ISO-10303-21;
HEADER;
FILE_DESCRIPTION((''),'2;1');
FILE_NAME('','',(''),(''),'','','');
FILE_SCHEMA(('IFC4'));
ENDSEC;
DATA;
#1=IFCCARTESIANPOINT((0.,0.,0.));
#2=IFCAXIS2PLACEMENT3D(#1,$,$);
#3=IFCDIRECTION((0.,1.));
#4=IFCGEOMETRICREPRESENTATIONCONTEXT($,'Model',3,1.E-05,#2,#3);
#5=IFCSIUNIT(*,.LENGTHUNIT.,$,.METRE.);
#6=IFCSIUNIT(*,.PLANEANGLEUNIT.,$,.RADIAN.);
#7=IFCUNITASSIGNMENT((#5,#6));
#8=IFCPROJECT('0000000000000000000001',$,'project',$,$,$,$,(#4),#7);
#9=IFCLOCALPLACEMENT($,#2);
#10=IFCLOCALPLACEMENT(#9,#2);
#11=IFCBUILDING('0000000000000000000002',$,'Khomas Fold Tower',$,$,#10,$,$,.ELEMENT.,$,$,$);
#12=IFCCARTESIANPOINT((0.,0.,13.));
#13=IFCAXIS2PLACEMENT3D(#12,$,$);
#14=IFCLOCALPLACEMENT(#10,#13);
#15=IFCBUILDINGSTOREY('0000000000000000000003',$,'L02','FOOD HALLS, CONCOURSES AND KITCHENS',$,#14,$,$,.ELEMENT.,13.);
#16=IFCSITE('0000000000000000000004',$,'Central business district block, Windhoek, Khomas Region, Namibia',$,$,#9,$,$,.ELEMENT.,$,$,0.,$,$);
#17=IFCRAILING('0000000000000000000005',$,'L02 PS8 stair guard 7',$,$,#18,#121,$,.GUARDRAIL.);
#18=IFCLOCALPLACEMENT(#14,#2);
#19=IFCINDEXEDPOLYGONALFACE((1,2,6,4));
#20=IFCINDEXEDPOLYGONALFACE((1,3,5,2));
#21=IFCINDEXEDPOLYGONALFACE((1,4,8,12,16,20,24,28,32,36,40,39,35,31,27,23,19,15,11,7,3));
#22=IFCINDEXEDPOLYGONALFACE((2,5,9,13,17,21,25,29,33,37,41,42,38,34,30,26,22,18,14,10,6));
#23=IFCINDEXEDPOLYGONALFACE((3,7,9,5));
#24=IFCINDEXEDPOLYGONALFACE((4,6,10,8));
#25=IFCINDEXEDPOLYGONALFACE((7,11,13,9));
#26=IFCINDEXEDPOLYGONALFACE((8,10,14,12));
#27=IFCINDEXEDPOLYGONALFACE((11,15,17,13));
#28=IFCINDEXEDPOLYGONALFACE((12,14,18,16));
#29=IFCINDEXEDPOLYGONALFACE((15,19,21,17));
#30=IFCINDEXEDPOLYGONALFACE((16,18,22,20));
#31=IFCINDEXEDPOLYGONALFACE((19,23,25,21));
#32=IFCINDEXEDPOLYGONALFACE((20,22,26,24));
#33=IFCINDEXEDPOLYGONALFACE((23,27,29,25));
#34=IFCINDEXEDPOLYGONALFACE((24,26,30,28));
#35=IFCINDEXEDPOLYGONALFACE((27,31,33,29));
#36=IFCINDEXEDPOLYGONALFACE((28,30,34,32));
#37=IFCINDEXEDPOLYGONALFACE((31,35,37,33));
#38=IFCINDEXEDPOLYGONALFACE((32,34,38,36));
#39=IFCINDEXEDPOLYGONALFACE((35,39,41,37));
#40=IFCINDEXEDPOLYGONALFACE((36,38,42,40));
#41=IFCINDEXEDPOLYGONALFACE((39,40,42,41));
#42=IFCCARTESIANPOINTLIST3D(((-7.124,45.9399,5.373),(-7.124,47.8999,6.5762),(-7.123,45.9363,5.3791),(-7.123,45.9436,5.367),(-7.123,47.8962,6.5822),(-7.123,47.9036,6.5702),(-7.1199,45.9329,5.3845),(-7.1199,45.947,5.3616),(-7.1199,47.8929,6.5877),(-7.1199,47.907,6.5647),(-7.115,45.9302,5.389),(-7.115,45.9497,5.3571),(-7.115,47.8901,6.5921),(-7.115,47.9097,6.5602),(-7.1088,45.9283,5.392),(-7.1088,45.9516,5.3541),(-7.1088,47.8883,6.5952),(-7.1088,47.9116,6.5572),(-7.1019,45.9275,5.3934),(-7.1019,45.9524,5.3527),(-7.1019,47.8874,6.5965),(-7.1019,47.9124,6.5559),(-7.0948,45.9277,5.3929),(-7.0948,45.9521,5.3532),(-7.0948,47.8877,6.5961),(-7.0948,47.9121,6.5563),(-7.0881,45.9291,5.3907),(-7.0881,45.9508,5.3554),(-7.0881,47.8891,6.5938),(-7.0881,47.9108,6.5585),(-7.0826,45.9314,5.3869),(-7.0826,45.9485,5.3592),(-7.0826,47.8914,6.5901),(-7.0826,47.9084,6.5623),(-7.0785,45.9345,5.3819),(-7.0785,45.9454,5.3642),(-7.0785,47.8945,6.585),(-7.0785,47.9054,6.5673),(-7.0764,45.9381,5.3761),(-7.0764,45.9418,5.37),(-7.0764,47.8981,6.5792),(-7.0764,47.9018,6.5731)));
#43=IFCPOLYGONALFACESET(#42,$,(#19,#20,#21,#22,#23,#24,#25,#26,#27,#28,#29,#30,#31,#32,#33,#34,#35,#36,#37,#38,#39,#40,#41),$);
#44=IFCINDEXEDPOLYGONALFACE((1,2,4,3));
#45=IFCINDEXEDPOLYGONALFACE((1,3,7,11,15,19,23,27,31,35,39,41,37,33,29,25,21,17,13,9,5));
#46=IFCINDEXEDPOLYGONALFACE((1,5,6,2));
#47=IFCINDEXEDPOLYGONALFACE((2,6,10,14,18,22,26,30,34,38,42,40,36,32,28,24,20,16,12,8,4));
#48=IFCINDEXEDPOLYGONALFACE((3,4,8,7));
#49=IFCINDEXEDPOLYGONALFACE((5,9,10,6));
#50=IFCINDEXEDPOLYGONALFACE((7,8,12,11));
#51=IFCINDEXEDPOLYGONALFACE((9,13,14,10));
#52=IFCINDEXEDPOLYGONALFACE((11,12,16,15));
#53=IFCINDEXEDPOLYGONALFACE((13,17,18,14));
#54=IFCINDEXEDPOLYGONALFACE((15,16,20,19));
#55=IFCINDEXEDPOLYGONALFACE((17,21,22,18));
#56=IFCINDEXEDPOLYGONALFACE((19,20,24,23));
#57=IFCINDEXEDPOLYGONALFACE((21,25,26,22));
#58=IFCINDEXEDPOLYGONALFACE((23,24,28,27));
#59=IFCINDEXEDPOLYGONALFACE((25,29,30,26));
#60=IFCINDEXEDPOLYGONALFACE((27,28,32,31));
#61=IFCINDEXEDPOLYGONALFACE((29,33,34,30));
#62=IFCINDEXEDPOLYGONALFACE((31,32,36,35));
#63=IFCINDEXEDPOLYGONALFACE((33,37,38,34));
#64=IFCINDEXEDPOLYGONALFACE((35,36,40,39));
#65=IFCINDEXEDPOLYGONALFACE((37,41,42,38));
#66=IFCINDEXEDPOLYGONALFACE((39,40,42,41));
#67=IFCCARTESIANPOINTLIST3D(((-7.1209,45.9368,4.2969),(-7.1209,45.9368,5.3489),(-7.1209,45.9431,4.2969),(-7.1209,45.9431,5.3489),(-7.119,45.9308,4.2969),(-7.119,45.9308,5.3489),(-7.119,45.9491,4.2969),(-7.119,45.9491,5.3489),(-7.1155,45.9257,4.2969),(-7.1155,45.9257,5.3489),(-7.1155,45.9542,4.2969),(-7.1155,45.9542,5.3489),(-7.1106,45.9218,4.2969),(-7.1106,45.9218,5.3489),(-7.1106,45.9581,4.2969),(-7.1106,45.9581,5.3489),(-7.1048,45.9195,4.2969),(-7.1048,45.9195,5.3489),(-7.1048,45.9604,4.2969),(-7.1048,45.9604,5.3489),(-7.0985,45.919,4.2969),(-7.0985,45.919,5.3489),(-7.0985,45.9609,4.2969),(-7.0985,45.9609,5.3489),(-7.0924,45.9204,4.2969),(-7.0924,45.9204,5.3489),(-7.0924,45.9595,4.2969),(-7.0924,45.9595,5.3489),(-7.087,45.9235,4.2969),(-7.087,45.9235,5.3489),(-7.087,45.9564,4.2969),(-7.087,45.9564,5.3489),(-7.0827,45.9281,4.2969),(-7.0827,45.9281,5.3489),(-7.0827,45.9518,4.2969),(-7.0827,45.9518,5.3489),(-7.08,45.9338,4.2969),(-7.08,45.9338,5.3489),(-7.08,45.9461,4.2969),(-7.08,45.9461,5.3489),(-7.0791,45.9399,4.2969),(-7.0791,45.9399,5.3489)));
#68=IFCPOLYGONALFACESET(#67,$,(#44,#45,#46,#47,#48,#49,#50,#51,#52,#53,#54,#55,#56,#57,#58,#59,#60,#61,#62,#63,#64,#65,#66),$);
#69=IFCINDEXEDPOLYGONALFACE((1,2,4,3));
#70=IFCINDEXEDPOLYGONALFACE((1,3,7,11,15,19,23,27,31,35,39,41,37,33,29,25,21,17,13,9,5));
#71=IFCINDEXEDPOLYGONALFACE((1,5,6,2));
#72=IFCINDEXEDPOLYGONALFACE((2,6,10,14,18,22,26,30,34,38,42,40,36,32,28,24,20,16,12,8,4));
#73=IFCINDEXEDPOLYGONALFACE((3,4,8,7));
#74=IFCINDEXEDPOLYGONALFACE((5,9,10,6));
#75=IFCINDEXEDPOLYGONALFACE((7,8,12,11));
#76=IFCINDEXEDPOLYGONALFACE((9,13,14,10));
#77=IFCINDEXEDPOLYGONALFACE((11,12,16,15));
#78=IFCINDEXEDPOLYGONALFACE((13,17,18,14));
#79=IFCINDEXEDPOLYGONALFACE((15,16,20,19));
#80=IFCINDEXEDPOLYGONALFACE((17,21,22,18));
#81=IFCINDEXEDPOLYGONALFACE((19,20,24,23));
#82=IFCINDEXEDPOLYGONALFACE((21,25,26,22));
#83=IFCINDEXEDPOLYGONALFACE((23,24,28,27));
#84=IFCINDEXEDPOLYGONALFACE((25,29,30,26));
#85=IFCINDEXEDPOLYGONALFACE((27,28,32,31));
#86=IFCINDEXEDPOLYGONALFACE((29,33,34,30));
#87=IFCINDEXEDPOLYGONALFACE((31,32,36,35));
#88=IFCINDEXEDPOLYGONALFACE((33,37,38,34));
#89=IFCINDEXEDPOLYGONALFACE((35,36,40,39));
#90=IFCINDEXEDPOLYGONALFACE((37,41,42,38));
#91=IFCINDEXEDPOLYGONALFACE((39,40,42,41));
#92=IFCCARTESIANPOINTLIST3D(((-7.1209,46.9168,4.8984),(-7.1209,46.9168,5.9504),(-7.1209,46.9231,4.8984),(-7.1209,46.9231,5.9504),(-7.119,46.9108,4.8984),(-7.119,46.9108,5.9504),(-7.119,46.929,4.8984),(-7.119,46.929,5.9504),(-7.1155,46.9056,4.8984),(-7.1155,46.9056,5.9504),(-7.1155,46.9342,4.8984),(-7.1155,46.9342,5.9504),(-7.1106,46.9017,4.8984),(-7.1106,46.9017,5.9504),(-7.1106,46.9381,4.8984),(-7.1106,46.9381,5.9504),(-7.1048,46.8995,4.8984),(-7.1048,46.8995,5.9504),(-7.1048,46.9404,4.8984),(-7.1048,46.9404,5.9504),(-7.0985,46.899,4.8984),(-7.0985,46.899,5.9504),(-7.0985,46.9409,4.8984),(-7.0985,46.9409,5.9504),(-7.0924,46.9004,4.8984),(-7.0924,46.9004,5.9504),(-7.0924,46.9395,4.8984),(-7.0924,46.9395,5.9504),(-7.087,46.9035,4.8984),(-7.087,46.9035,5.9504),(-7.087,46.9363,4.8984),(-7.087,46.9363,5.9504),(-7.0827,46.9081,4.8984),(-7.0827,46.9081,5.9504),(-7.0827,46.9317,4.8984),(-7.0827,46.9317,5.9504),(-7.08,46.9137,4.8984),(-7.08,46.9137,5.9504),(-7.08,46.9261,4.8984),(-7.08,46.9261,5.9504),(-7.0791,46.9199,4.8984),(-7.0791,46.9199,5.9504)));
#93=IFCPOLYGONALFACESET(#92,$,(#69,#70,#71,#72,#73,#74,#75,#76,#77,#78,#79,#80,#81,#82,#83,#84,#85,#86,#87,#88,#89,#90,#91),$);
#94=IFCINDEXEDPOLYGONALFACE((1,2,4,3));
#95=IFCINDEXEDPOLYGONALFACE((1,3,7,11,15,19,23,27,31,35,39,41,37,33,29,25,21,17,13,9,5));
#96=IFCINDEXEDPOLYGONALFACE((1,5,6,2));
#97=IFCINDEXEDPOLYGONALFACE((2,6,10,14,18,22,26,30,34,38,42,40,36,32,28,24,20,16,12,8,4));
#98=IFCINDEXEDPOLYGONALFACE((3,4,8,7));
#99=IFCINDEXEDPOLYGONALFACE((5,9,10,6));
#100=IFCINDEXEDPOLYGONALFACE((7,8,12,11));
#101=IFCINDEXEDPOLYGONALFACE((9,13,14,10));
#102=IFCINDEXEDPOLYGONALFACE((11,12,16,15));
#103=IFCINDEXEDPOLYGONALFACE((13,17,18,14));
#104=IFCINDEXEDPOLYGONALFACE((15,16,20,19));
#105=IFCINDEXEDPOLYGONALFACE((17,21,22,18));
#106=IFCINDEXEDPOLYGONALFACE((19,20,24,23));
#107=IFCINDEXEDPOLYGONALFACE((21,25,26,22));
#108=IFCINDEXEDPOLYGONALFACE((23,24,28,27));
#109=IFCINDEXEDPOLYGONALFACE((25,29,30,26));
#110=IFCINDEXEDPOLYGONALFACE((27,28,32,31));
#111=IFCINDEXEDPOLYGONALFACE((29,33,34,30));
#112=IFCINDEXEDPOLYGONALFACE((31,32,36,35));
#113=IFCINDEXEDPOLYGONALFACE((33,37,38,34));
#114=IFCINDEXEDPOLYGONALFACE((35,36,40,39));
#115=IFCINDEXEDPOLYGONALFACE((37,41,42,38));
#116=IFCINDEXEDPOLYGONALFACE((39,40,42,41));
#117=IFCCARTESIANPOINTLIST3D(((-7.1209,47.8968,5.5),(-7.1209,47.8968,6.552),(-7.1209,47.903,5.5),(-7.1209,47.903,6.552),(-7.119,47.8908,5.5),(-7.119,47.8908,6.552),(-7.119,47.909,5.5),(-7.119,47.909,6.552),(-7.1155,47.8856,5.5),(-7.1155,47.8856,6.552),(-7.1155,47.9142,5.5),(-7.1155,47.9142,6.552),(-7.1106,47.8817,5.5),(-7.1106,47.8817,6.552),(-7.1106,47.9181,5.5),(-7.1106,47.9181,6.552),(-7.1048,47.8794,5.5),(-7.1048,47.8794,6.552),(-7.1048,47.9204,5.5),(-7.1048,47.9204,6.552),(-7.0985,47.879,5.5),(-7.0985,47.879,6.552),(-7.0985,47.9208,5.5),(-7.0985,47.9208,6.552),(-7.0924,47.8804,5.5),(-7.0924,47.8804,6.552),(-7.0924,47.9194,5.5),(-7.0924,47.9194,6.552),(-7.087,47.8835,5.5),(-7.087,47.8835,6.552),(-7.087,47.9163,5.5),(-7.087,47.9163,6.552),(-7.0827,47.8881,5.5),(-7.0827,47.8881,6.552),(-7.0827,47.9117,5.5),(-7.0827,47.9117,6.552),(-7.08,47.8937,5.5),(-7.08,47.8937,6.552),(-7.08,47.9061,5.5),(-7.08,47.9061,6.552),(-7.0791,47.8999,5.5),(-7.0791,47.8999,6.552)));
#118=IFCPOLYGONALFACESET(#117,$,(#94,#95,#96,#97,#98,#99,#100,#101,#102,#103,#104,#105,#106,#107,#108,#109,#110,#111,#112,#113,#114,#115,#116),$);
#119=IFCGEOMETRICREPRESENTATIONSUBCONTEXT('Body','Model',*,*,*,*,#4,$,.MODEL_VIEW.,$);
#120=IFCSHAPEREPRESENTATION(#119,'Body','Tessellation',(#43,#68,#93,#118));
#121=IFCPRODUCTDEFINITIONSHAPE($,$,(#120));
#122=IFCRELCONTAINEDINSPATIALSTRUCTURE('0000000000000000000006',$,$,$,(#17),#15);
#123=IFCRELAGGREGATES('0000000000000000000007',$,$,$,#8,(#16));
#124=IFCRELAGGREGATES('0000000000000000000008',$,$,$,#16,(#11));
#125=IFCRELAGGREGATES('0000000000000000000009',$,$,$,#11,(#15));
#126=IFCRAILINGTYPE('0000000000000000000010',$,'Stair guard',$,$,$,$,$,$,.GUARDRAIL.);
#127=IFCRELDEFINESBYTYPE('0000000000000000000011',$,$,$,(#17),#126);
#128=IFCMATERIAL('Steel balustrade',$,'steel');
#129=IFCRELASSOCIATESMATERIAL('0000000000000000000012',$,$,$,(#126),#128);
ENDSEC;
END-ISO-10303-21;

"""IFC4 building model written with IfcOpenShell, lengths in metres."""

from ifc_helpers import new_model, si_unit, direction, frame, origin, origin_2d, place, context, subcontext, project, spatial, circle, extrude, source, transform, mapped, material, type_object, element, save


model = new_model("IFC4")

# Units and contexts
model_context = context("Model", 3, precision=1e-05, world=origin(), true_north=direction((0.0, 1.0)))
body_context = subcontext(model_context, "Body", "Model", "MODEL_VIEW")
ifc_project = project(units=[si_unit("LENGTHUNIT", "METRE"), si_unit("PLANEANGLEUNIT", "RADIAN")], contexts=[model_context])

# Site, building, storey
site_placement = place(None, origin())
site = spatial("IfcSite", under=ifc_project, at=site_placement, Name="Central business district block, Windhoek, Khomas Region, Namibia", CompositionType="ELEMENT", RefElevation=0.0)
building_placement = place(site_placement, origin())
building = spatial("IfcBuilding", under=site, at=building_placement, Name="Khomas Fold Tower", CompositionType="ELEMENT")
storey_placement = place(building_placement, frame((0.0, 0.0, 13.0)))
storey = spatial("IfcBuildingStorey", under=building, at=storey_placement, Name="L02", Description="FOOD HALLS, CONCOURSES AND KITCHENS", CompositionType="ELEMENT", Elevation=13.0)

# Railing
ifc_material_1 = material(Name="Steel balustrade", Category="steel")
railing_type_1 = type_object("IfcRailingType", Name="Stair guard", PredefinedType="GUARDRAIL", material=ifc_material_1)
shared_shape_1 = source(origin(), body_context, "Body", "SweptSolid", [
    extrude(circle(Radius=0.0239, at=origin_2d()), frame((0.0, 0.0, 1.0762), z_axis=(0.0, 0.852241, 0.523149), x_axis=(-1.0, 0.0, 0.0)), (0.0, 0.0, 1.0), 2.2998),
    extrude(circle(Radius=0.021, at=origin_2d()), origin(), (0.0, 0.0, 1.0), 1.052),
    extrude(circle(Radius=0.021, at=origin_2d()), frame((0.0, 0.98, 0.6016)), (0.0, 0.0, 1.0), 1.052),
    extrude(circle(Radius=0.021, at=origin_2d()), frame((0.0, 1.96, 1.2031)), (0.0, 0.0, 1.0), 1.052),
])
for number, where, name in (
    (1, (-7.1001, 45.9399, 4.2969), "L02 PS8 stair guard 7"),
):
    element("IfcRailing", number, at=place(storey_placement, frame(where)), inside=storey, type_object=railing_type_1, Name=name, PredefinedType="GUARDRAIL", context=body_context, shape_type="MappedRepresentation", body=[
        mapped(shared_shape_1, transform((0.0, 0.0, 0.0))),
    ])

save(model, "model.ifc")
